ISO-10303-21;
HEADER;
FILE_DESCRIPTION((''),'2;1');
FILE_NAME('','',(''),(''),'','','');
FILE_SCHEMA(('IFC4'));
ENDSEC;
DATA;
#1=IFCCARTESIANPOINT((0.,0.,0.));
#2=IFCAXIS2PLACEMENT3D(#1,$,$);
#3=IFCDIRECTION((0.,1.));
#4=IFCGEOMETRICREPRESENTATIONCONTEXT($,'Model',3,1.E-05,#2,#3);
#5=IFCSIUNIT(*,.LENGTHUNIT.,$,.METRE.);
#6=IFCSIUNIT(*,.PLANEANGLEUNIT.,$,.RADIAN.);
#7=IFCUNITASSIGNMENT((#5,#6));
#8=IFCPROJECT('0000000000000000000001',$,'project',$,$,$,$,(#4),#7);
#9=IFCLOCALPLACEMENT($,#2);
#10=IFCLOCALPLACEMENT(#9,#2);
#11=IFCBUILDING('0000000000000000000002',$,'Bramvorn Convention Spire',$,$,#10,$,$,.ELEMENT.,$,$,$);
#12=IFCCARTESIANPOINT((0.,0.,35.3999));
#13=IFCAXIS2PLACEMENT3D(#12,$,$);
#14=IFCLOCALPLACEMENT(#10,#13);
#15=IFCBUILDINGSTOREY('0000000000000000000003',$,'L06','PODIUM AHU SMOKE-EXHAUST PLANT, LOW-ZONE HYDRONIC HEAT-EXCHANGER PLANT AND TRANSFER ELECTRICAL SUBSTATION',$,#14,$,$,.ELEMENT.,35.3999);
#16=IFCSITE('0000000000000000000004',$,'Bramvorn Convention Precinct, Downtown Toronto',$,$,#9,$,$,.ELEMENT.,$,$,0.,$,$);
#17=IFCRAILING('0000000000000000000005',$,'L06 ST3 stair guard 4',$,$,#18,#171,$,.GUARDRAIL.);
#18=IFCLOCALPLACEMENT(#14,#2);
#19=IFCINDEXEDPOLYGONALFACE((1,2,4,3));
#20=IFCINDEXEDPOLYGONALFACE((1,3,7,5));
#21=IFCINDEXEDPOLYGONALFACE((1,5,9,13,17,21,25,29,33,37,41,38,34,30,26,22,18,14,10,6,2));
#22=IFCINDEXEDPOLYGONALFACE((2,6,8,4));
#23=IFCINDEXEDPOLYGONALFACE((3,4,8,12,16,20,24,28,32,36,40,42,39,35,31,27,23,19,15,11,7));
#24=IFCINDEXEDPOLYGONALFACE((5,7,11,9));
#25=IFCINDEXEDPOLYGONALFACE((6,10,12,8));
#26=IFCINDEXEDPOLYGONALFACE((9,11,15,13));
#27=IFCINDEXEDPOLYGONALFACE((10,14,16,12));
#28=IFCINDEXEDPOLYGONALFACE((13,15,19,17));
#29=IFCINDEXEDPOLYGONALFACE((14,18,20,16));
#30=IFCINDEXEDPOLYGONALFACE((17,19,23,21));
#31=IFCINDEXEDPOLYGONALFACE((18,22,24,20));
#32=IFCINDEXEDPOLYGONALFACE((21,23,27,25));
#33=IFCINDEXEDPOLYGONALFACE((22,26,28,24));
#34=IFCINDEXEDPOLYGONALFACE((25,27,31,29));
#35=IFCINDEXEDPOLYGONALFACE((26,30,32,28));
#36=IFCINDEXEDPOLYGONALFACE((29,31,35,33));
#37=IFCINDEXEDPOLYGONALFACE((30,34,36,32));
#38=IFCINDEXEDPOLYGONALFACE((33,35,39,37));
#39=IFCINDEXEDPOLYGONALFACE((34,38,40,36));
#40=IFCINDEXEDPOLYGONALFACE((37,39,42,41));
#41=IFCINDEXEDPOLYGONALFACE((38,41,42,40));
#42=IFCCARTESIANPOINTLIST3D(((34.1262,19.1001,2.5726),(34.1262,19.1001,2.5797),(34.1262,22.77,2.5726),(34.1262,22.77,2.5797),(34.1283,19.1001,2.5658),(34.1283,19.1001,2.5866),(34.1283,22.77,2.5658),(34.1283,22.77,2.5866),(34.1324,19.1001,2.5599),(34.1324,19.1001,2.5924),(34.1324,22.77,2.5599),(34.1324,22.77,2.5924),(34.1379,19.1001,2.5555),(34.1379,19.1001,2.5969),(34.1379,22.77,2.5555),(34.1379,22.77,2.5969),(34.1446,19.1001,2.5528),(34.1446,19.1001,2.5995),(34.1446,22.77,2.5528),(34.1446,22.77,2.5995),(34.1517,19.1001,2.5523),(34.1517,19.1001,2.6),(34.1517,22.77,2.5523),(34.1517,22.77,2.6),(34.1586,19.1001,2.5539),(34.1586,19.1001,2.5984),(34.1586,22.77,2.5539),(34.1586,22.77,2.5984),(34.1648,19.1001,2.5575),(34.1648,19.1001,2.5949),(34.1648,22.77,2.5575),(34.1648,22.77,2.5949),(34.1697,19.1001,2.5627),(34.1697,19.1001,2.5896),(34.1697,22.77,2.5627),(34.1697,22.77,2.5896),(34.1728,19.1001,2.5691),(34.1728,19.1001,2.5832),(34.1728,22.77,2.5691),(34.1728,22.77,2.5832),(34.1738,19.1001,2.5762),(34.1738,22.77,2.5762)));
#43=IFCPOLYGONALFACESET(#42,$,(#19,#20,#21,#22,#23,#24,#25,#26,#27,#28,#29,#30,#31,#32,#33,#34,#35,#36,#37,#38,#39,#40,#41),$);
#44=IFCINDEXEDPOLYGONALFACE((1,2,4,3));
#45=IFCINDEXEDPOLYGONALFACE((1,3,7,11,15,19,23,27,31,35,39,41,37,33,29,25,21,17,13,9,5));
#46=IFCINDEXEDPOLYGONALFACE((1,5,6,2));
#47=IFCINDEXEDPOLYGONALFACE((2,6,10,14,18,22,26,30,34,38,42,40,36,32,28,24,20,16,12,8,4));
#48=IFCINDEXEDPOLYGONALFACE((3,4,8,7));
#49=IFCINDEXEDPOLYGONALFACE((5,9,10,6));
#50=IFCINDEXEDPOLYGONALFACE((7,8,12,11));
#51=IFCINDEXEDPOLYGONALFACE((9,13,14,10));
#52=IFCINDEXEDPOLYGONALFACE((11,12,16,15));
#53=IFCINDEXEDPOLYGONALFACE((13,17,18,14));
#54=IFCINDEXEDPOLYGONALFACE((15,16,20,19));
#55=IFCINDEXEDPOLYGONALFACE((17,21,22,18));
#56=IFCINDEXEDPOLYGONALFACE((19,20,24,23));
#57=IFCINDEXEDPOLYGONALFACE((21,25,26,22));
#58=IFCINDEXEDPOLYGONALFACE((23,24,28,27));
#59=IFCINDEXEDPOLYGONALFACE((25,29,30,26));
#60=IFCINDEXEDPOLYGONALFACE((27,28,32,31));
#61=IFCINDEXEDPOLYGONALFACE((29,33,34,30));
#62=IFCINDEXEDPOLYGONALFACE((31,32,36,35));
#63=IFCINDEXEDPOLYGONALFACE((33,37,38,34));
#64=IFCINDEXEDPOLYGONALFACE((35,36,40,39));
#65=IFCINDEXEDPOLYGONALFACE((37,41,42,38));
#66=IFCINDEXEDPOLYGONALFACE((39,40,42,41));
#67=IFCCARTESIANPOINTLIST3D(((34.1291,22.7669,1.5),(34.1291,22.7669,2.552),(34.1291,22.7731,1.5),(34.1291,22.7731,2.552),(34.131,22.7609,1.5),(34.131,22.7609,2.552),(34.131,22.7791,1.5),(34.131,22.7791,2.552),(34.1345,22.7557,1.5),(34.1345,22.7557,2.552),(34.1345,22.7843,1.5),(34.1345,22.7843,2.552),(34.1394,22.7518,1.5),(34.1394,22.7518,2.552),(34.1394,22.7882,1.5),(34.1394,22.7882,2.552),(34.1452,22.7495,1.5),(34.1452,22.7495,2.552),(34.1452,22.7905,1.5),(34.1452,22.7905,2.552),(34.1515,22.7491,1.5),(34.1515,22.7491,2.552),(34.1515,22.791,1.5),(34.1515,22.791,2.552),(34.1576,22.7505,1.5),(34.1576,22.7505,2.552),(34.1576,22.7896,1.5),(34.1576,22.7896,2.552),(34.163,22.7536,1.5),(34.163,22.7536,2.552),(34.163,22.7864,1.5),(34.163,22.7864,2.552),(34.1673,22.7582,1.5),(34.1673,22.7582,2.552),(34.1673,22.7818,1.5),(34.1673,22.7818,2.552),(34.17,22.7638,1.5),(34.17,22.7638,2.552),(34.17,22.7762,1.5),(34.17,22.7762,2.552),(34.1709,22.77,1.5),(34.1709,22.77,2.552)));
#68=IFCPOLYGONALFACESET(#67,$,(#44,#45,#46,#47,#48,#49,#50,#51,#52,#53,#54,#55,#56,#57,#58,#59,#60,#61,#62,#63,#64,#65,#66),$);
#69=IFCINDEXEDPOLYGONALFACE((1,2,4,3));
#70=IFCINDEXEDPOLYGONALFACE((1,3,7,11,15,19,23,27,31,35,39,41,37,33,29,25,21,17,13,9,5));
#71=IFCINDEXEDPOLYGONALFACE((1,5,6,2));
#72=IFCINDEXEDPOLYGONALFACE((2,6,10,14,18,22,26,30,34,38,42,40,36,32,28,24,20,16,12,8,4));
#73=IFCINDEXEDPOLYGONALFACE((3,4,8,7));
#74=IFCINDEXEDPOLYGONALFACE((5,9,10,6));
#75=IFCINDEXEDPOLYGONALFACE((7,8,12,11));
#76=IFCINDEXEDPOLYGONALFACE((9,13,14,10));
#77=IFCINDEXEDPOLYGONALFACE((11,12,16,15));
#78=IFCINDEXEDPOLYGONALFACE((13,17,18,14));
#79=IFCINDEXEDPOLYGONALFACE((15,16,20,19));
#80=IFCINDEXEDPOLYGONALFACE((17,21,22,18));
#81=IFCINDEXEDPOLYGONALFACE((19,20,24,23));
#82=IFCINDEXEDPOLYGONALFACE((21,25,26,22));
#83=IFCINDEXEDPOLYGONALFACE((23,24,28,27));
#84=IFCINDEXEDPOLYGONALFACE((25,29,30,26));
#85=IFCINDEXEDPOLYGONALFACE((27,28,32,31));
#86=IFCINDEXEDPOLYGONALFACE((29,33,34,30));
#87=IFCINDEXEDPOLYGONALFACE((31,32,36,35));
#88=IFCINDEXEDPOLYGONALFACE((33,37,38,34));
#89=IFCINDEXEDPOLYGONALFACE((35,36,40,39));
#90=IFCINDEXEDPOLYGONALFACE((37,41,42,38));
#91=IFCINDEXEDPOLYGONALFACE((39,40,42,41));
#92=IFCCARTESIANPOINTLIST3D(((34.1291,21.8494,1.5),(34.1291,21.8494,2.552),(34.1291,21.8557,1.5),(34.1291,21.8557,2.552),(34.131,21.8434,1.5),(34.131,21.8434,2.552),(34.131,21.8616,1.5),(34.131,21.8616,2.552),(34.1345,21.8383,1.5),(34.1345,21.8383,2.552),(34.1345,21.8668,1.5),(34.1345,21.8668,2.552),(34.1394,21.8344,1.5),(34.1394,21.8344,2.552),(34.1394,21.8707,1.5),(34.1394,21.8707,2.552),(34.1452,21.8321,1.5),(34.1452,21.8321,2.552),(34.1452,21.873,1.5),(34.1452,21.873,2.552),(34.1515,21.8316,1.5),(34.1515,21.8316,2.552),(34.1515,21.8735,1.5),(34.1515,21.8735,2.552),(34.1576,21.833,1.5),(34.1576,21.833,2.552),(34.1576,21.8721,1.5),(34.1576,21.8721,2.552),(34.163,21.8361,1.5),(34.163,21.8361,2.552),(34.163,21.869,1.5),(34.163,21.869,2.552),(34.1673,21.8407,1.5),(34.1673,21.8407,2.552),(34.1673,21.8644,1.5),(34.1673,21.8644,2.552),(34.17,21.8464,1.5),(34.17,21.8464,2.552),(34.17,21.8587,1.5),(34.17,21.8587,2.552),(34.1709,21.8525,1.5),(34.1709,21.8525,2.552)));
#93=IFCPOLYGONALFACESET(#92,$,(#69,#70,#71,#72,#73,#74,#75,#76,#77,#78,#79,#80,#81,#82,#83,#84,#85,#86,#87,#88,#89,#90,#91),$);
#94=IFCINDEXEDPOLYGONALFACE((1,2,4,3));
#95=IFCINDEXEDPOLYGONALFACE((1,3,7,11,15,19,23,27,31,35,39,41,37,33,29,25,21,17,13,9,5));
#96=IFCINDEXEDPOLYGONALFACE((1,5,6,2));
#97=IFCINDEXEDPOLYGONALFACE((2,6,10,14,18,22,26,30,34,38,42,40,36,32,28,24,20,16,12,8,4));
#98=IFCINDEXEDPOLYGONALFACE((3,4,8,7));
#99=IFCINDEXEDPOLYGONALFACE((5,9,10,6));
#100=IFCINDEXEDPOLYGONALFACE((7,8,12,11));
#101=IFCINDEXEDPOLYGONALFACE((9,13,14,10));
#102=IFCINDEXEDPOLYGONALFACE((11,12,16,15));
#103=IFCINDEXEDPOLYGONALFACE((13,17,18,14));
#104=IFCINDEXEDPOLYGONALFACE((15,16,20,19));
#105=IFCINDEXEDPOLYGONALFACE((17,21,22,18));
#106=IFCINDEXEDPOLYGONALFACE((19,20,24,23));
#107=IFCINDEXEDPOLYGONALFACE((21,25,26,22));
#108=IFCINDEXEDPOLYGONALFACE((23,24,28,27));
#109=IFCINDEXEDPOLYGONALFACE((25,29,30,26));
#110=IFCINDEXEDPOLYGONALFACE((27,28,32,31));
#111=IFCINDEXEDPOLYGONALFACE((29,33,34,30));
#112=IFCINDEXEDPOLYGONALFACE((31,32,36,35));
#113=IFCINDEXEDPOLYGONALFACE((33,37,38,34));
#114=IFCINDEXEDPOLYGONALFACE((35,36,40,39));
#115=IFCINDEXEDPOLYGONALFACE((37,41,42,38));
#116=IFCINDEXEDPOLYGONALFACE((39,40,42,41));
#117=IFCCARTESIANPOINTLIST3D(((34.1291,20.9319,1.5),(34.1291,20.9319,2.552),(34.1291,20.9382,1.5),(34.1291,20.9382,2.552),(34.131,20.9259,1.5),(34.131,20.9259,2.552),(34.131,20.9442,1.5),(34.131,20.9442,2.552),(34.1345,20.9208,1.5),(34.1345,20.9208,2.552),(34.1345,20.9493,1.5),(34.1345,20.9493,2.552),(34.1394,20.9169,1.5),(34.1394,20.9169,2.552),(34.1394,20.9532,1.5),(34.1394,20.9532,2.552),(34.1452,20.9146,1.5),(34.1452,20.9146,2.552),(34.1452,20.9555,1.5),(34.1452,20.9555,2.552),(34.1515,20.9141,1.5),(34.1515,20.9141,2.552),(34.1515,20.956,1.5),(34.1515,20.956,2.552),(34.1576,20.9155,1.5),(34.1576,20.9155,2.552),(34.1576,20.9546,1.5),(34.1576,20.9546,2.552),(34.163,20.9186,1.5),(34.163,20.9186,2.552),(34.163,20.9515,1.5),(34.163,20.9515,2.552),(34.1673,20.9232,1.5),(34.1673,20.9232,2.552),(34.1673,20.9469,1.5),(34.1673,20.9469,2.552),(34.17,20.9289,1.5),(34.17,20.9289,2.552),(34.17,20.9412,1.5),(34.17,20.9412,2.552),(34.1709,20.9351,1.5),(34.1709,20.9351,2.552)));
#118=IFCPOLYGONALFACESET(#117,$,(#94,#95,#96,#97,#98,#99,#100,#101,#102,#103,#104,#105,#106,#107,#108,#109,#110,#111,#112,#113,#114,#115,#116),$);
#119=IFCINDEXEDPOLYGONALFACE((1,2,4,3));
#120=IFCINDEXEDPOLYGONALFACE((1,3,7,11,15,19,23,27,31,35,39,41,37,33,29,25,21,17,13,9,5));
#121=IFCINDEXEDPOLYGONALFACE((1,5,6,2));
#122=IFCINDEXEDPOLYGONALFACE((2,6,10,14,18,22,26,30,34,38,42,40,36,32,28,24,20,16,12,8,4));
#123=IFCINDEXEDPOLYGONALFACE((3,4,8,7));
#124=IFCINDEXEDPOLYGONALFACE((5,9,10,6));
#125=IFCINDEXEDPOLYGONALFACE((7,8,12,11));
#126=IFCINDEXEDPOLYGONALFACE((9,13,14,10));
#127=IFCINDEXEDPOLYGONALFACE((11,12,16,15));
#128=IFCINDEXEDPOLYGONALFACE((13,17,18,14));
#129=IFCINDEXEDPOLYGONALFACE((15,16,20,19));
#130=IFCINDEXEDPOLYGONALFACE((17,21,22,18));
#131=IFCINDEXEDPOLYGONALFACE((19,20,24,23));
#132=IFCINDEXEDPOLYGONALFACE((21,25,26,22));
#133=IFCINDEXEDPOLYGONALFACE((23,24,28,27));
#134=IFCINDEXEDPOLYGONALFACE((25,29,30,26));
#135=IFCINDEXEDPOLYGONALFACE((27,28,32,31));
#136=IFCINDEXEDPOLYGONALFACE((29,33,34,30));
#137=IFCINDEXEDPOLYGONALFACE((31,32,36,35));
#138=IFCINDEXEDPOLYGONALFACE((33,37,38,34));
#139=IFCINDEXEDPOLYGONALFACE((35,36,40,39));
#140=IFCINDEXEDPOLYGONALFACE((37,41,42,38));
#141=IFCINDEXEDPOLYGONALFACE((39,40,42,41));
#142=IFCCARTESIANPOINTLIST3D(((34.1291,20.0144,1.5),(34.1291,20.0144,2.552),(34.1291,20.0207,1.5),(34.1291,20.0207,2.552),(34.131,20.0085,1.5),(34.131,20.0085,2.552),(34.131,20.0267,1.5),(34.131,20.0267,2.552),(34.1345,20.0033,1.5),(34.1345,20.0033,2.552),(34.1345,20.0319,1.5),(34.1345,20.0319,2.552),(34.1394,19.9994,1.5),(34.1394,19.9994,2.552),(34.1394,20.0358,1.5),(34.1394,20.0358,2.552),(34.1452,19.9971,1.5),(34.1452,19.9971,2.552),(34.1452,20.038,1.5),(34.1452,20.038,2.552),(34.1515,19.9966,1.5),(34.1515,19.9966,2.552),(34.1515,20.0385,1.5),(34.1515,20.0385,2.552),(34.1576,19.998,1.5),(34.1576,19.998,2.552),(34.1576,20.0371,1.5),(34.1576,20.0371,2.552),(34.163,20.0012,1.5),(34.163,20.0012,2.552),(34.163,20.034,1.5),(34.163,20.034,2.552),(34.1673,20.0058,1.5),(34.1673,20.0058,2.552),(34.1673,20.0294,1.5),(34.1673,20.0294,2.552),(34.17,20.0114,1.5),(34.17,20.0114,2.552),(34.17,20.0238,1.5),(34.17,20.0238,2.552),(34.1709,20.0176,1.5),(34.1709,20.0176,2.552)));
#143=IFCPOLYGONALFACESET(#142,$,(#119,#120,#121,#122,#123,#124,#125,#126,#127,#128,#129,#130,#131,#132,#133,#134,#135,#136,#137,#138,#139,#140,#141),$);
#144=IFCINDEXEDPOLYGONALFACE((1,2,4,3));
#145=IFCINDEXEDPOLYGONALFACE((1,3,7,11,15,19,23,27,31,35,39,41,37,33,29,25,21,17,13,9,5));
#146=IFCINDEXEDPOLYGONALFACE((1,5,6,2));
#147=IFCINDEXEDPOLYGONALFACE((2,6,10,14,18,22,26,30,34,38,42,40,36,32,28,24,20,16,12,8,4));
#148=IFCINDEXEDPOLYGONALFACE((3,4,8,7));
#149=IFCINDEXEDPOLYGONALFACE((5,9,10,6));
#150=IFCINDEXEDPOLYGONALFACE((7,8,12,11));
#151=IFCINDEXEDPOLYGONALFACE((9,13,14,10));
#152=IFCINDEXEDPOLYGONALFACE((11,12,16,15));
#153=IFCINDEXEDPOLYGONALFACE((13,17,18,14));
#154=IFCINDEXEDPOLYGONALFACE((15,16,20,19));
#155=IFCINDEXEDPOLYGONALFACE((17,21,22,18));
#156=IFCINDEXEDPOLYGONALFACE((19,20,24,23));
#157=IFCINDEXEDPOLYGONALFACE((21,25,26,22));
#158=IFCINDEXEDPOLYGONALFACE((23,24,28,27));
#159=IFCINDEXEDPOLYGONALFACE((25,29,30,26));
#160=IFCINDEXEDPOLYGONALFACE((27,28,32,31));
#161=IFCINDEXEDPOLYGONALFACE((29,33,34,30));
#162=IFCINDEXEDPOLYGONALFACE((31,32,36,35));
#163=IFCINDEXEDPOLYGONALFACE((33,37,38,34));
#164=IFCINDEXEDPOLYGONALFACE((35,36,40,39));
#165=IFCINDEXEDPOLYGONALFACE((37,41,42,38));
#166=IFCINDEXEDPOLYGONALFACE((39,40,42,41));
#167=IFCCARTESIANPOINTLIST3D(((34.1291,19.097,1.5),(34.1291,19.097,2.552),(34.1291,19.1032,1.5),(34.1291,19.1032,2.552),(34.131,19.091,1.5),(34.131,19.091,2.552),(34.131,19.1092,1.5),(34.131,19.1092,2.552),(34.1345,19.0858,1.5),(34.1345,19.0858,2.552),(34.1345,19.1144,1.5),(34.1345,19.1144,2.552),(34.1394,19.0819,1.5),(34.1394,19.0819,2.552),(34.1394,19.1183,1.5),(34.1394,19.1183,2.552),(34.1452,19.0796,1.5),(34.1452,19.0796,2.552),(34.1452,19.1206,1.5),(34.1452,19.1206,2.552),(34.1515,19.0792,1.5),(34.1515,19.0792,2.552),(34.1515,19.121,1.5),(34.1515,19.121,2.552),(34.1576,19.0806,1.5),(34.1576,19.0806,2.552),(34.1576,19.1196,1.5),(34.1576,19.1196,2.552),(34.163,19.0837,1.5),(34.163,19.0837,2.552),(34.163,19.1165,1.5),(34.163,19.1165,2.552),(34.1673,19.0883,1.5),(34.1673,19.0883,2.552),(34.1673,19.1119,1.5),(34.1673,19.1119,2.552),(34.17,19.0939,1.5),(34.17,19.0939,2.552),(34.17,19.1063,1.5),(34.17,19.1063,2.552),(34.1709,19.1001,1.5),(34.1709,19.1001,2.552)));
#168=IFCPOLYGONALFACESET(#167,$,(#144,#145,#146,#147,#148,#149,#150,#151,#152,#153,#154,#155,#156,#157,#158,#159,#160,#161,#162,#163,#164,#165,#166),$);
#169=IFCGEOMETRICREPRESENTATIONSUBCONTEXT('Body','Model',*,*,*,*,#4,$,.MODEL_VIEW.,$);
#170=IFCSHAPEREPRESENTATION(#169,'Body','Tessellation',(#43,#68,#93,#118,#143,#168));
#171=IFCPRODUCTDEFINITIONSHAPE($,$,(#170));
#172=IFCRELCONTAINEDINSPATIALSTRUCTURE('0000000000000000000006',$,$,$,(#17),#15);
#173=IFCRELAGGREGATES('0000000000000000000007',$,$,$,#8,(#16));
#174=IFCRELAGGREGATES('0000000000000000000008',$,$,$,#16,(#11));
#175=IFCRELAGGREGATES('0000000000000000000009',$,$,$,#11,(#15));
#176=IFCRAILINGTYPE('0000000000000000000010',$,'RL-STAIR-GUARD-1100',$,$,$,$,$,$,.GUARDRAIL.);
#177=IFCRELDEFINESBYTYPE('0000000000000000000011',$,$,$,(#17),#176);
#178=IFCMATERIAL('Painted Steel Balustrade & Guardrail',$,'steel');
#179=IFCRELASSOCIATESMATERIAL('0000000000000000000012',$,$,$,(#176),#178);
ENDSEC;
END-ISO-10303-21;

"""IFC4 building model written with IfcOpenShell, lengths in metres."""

from ifc_helpers import new_model, si_unit, direction, frame, origin, origin_2d, place, context, subcontext, project, spatial, circle, extrude, material, type_object, element, save


model = new_model("IFC4")

# Units and contexts
model_context = context("Model", 3, precision=1e-05, world=origin(), true_north=direction((0.0, 1.0)))
body_context = subcontext(model_context, "Body", "Model", "MODEL_VIEW")
ifc_project = project(units=[si_unit("LENGTHUNIT", "METRE"), si_unit("PLANEANGLEUNIT", "RADIAN")], contexts=[model_context])

# Site, building, storey
site_placement = place(None, origin())
site = spatial("IfcSite", under=ifc_project, at=site_placement, Name="Bramvorn Convention Precinct, Downtown Toronto", CompositionType="ELEMENT", RefElevation=0.0)
building_placement = place(site_placement, origin())
building = spatial("IfcBuilding", under=site, at=building_placement, Name="Bramvorn Convention Spire", CompositionType="ELEMENT")
storey_placement = place(building_placement, frame((0.0, 0.0, 35.3999)))
storey = spatial("IfcBuildingStorey", under=building, at=storey_placement, Name="L06", Description="PODIUM AHU SMOKE-EXHAUST PLANT, LOW-ZONE HYDRONIC HEAT-EXCHANGER PLANT AND TRANSFER ELECTRICAL SUBSTATION", CompositionType="ELEMENT", Elevation=35.3999)

# Railing
ifc_material_1 = material(Name="Painted Steel Balustrade & Guardrail", Category="steel")
railing_type_1 = type_object("IfcRailingType", Name="RL-STAIR-GUARD-1100", PredefinedType="GUARDRAIL", material=ifc_material_1)
railing_1_placement = place(storey_placement, frame((34.1499, 22.77, 1.5)))
element("IfcRailing", 1, at=railing_1_placement, inside=storey, type_object=railing_type_1, Name="L06 ST3 stair guard 4", PredefinedType="GUARDRAIL", context=body_context, shape_type="SweptSolid", body=[
    extrude(circle(Radius=0.0239, at=origin_2d()), frame((0.0, 0.0, 1.0762), z_axis=(0.0, -1.0, 0.0), x_axis=(1.0, 0.0, 0.0)), (0.0, 0.0, 1.0), 3.6699),
    extrude(circle(Radius=0.021, at=origin_2d()), origin(), (0.0, 0.0, 1.0), 1.052),
    extrude(circle(Radius=0.021, at=origin_2d()), frame((0.0, -0.9175, 0.0)), (0.0, 0.0, 1.0), 1.052),
    extrude(circle(Radius=0.021, at=origin_2d()), frame((0.0, -1.835, 0.0)), (0.0, 0.0, 1.0), 1.052),
    extrude(circle(Radius=0.021, at=origin_2d()), frame((0.0, -2.7524, 0.0)), (0.0, 0.0, 1.0), 1.052),
    extrude(circle(Radius=0.021, at=origin_2d()), frame((0.0, -3.6699, 0.0)), (0.0, 0.0, 1.0), 1.052),
])

save(model, "model.ifc")
